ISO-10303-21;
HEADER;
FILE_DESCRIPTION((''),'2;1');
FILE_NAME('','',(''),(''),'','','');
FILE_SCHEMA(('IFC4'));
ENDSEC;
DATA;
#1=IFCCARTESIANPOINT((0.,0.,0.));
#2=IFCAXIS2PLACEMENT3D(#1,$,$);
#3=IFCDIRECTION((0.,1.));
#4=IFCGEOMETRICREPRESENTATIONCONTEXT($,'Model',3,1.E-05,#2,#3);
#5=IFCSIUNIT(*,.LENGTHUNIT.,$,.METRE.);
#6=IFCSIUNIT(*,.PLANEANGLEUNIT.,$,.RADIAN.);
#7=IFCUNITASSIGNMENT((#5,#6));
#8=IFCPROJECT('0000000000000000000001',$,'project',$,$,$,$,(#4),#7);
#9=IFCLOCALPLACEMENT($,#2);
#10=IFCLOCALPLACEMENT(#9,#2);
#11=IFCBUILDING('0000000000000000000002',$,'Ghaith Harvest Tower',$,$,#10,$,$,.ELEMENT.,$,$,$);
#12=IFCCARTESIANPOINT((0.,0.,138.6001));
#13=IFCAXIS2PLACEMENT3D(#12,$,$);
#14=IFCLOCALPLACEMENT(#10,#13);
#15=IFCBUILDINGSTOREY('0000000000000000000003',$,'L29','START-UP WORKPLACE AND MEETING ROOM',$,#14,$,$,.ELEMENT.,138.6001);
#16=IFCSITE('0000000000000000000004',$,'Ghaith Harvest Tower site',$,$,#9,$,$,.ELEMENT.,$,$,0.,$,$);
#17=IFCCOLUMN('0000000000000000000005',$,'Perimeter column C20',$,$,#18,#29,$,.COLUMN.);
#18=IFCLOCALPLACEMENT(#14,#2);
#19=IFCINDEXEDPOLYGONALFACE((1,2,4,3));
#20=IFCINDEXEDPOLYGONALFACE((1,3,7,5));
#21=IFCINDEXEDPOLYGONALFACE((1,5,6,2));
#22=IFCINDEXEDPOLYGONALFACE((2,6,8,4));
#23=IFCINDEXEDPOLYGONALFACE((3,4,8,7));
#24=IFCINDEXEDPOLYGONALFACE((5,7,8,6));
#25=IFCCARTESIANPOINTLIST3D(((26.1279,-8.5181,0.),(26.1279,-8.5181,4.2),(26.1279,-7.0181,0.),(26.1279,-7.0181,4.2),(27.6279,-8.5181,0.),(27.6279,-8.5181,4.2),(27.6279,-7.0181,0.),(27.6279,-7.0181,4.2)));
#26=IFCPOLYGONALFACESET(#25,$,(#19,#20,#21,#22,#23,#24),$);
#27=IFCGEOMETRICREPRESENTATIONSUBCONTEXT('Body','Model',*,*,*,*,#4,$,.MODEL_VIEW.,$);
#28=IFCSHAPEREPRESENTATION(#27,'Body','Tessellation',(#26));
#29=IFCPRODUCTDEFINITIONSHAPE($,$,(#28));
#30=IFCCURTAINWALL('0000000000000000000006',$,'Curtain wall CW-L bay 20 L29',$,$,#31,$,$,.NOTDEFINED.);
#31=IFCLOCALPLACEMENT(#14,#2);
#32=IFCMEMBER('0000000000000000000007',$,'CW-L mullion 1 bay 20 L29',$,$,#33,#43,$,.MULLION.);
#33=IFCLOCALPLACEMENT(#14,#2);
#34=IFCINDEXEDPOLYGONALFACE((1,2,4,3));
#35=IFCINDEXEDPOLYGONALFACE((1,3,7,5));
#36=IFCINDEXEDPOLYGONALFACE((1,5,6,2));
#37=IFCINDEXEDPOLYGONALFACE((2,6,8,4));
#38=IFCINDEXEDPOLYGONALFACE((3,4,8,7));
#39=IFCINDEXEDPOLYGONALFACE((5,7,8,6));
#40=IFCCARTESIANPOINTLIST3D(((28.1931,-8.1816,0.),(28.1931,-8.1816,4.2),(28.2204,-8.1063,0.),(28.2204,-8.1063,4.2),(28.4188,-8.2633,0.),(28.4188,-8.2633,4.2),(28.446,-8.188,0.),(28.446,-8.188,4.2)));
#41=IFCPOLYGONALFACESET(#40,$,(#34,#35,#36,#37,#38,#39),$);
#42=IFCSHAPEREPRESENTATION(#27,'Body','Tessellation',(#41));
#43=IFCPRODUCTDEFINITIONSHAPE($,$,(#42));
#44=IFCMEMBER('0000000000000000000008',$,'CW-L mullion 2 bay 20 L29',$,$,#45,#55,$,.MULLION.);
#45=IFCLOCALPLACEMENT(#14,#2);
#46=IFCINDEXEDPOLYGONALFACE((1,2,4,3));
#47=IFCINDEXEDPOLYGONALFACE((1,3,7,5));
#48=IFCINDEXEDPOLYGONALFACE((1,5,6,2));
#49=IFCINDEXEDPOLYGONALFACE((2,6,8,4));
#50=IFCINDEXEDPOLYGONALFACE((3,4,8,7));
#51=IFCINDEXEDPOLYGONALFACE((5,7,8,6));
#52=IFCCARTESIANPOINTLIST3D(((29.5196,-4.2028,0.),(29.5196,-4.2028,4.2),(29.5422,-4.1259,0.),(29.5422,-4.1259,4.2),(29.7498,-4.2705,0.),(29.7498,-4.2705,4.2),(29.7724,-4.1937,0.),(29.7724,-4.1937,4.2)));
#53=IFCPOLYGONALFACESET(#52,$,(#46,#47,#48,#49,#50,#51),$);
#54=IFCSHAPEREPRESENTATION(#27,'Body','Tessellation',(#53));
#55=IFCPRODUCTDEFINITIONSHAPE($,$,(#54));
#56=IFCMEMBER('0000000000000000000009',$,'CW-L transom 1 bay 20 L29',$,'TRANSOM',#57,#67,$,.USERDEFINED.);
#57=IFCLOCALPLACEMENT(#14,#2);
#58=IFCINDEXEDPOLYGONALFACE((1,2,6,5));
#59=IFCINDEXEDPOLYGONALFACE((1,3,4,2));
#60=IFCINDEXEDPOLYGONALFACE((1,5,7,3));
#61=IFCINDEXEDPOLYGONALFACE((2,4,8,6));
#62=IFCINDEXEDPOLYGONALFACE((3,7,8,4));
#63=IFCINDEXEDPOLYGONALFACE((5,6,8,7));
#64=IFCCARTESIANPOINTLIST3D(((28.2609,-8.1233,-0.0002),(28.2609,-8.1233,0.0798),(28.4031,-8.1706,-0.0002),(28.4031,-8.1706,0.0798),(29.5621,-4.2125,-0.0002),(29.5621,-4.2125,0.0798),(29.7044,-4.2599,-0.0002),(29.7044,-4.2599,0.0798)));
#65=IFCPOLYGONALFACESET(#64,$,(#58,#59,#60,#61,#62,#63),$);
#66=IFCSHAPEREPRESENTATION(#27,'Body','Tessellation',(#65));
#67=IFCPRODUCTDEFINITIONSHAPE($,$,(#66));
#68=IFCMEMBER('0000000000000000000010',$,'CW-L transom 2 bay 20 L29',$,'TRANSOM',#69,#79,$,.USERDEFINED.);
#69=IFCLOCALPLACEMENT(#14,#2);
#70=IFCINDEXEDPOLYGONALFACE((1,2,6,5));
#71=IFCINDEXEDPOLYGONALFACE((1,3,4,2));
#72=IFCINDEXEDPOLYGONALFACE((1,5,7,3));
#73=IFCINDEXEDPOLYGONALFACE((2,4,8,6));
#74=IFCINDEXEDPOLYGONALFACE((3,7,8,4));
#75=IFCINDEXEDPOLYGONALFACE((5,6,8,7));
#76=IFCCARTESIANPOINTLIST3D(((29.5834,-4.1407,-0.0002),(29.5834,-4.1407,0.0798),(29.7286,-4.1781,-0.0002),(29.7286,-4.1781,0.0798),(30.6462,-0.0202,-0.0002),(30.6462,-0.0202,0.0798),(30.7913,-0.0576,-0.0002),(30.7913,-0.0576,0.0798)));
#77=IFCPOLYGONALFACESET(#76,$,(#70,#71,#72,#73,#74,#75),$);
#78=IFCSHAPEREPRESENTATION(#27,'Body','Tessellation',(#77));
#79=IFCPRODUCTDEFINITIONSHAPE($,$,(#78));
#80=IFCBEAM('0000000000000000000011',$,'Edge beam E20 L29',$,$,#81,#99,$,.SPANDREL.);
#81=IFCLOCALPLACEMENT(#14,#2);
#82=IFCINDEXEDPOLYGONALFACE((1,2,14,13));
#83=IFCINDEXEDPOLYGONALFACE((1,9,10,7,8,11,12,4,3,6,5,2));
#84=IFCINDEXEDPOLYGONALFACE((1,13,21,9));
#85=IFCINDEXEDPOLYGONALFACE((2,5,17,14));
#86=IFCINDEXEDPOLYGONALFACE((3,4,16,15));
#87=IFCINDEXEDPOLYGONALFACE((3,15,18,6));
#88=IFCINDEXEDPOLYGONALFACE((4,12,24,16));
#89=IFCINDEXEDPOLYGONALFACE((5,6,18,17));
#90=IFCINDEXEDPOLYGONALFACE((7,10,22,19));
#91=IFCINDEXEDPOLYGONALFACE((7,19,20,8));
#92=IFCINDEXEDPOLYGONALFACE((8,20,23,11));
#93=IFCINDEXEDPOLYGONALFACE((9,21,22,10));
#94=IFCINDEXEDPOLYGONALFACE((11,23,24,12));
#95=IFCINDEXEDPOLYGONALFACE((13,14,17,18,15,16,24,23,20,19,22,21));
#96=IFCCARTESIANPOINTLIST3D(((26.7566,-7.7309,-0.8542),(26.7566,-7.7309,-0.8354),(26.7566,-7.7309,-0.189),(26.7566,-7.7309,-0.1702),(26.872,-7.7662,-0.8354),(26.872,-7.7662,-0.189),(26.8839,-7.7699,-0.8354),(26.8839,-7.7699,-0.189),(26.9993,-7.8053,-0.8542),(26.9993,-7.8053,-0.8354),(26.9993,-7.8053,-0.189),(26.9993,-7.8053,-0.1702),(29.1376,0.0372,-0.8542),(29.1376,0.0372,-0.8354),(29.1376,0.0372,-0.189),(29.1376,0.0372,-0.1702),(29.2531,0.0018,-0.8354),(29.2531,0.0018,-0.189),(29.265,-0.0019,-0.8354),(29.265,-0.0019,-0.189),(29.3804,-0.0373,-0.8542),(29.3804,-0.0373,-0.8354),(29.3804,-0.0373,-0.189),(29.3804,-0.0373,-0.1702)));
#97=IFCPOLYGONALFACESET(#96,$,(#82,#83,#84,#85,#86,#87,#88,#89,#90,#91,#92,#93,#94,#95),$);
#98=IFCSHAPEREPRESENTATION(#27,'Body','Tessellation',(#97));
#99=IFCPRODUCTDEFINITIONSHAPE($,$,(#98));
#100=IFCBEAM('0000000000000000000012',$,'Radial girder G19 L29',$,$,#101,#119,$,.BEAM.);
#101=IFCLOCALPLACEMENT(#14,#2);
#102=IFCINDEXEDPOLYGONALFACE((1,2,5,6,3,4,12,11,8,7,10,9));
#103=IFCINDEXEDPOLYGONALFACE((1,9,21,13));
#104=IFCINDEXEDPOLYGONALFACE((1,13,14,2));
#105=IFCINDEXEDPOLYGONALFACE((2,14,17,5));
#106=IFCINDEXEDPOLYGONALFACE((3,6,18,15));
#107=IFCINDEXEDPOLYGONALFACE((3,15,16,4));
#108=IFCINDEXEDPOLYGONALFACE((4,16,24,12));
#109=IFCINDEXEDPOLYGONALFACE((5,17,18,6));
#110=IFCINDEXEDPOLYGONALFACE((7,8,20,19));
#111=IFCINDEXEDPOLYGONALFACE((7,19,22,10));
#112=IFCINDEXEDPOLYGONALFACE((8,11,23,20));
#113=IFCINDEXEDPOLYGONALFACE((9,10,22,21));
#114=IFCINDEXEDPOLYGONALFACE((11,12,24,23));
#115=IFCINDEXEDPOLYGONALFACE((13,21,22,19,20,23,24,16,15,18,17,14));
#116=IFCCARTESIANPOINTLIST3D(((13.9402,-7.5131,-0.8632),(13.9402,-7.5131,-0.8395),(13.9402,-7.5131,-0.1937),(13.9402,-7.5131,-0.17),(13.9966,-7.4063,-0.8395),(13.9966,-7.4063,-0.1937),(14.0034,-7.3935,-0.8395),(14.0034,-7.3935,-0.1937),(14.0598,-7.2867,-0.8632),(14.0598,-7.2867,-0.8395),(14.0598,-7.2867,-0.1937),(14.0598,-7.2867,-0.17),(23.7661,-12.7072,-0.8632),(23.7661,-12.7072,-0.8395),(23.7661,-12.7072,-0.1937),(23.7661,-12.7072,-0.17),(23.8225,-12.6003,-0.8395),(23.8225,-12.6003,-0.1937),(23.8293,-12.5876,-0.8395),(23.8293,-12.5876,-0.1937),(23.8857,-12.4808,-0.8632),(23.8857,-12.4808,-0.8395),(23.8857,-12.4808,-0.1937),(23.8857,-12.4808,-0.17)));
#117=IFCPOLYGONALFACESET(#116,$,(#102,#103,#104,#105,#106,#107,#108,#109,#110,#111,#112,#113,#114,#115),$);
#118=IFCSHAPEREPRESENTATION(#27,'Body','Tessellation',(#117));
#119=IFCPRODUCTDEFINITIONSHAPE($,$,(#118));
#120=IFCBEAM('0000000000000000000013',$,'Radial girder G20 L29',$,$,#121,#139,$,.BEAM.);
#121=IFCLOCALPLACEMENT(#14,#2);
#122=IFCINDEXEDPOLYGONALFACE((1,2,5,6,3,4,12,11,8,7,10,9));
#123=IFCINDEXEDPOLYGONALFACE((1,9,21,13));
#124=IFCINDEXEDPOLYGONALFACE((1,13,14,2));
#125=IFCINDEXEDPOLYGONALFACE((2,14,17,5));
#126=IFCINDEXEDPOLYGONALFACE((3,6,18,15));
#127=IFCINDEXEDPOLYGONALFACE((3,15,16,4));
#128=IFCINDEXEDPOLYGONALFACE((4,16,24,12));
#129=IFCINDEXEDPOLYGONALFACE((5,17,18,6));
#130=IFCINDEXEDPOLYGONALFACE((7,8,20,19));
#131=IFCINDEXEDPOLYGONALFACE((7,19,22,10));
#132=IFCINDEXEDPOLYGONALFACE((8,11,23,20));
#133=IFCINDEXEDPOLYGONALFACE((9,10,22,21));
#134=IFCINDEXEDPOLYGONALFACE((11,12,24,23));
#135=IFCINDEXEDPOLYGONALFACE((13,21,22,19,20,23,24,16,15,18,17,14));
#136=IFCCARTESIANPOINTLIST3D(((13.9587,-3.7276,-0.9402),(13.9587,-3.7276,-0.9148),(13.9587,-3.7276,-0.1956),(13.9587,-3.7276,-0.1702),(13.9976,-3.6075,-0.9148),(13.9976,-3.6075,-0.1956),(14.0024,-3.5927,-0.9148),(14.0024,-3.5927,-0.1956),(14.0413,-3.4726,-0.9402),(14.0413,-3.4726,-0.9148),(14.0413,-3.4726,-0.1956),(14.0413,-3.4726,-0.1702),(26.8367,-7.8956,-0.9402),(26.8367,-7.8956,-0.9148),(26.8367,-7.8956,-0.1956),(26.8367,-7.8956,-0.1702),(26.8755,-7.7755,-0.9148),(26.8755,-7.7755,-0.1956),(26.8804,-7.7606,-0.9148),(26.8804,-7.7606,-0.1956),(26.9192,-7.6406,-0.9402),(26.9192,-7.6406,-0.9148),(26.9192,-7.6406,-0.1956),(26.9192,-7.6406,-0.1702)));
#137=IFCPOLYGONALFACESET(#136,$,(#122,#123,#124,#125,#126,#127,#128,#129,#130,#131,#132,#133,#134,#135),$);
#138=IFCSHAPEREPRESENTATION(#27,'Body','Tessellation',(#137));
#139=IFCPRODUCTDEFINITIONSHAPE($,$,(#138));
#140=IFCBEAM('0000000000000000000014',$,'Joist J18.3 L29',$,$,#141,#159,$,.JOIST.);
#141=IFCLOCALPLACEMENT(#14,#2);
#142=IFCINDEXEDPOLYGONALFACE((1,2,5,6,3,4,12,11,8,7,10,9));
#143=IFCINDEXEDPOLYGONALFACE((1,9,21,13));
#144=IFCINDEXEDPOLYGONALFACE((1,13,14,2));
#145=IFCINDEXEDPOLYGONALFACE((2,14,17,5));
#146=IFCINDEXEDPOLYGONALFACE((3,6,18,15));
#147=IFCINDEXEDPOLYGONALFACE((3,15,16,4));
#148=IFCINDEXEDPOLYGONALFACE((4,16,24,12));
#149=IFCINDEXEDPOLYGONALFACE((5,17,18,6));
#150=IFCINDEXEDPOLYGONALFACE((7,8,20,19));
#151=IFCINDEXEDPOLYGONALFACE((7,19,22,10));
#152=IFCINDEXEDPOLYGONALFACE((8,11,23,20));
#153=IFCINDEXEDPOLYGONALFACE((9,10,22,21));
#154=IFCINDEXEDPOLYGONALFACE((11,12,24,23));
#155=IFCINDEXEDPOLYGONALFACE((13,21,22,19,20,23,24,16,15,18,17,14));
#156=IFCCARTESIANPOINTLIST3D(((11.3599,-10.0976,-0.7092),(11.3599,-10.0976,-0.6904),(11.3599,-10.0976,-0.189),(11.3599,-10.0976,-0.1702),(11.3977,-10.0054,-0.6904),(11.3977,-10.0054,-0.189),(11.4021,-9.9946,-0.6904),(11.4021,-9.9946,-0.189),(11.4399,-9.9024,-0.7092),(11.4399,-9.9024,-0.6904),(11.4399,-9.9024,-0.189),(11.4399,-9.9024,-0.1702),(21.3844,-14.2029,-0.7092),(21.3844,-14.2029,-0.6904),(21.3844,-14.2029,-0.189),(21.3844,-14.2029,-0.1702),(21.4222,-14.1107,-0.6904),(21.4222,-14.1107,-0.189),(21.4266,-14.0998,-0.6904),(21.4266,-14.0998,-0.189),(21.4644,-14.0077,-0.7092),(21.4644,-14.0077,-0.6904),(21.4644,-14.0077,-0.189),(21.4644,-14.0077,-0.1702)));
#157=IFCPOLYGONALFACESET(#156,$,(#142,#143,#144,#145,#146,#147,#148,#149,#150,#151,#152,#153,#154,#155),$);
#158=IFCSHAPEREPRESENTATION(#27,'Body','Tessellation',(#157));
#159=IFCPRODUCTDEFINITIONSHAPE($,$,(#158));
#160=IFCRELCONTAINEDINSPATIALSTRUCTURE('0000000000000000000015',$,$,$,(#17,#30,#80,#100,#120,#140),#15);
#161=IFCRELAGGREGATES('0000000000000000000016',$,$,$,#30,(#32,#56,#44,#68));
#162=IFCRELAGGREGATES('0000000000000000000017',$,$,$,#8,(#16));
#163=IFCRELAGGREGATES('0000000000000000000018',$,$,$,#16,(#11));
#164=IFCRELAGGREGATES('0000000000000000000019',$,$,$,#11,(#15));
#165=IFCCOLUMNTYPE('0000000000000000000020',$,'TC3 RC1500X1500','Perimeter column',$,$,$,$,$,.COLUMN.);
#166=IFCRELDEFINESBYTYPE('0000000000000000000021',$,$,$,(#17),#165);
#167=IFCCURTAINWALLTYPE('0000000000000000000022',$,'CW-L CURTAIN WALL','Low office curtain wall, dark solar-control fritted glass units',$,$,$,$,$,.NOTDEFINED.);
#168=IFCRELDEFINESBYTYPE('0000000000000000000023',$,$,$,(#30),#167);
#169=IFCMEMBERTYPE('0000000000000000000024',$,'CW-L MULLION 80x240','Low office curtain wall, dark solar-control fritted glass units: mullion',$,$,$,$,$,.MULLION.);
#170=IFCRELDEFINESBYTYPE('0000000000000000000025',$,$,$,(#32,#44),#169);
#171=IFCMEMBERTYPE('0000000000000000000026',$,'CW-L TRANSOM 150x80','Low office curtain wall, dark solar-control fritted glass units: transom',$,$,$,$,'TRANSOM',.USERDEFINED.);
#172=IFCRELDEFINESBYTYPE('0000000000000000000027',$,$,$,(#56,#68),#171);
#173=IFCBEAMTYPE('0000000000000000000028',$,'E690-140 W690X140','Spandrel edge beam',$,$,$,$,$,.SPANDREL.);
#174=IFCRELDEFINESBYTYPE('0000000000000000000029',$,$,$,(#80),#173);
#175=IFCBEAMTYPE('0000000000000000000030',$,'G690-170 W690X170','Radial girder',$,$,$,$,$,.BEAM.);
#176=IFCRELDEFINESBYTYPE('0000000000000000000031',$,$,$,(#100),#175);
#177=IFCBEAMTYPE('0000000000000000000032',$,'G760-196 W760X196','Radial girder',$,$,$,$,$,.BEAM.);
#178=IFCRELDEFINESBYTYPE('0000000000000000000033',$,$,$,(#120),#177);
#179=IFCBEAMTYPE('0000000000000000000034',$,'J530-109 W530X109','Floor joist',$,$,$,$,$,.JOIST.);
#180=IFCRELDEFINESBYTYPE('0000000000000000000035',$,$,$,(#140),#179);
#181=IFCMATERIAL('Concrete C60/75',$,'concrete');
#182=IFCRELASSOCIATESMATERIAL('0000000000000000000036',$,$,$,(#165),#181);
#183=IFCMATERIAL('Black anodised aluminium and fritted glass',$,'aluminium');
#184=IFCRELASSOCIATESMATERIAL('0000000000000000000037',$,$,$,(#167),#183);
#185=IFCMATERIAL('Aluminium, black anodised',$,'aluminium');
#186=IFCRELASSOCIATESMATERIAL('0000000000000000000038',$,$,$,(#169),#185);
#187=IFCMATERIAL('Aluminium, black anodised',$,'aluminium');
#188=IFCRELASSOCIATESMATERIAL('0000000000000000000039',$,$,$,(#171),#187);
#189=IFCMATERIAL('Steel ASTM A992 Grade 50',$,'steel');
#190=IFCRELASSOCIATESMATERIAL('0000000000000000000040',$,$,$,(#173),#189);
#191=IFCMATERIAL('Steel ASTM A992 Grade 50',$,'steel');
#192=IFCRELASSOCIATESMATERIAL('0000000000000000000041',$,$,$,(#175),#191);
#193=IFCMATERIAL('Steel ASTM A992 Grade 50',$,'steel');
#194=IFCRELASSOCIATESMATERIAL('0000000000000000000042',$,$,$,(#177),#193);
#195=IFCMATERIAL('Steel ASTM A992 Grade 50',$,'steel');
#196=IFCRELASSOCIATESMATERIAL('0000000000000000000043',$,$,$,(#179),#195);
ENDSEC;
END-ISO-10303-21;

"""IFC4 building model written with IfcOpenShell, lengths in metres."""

from ifc_helpers import new_model, si_unit, direction, frame, origin, origin_2d, place, context, subcontext, project, spatial, rectangle, i_section, extrude, material, material_profile, profile_set, type_object, element, aggregate, save


model = new_model("IFC4")

# Units and contexts
model_context = context("Model", 3, precision=1e-05, world=origin(), true_north=direction((0.0, 1.0)))
body_context = subcontext(model_context, "Body", "Model", "MODEL_VIEW")
ifc_project = project(units=[si_unit("LENGTHUNIT", "METRE"), si_unit("PLANEANGLEUNIT", "RADIAN")], contexts=[model_context])

# Site, building, storey
site_placement = place(None, origin())
site = spatial("IfcSite", under=ifc_project, at=site_placement, Name="Ghaith Harvest Tower site", CompositionType="ELEMENT", RefElevation=0.0)
building_placement = place(site_placement, origin())
building = spatial("IfcBuilding", under=site, at=building_placement, Name="Ghaith Harvest Tower", CompositionType="ELEMENT")
storey_placement = place(building_placement, frame((0.0, 0.0, 138.6001)))
storey = spatial("IfcBuildingStorey", under=building, at=storey_placement, Name="L29", Description="START-UP WORKPLACE AND MEETING ROOM", CompositionType="ELEMENT", Elevation=138.6001)

# Column
ifc_material_1 = material(Name="Concrete C60/75", Category="concrete")
ifc_material_profile_1 = material_profile(ifc_material_1, rectangle(XDim=1.5, YDim=1.5, at=origin_2d()), Name="RC1500X1500")
ifc_profile_set_1 = profile_set([ifc_material_profile_1], Name="Concrete C60/75")
column_type = type_object("IfcColumnType", Name="TC3 RC1500X1500", Description="Perimeter column", PredefinedType="COLUMN", material=ifc_profile_set_1)
column_placement = place(storey_placement, frame((26.8779, -7.7681, 0.0), z_axis=(0.0, 0.0, 1.0), x_axis=(1.0, 0.0, 0.0)))
element("IfcColumn", 1, at=column_placement, inside=storey, type_object=column_type, Name="Perimeter column C20", PredefinedType="COLUMN", context=body_context, shape_type="SweptSolid", body=[
    extrude(rectangle(XDim=1.5, YDim=1.5, at=origin_2d()), origin(), (0.0, 0.0, 1.0), 4.2),
])

# Curtain wall, members
ifc_material_2 = material(Name="Black anodised aluminium and fritted glass", Category="aluminium")
curtain_wall_type = type_object("IfcCurtainWallType", Name="CW-L CURTAIN WALL", Description="Low office curtain wall, dark solar-control fritted glass units", PredefinedType="NOTDEFINED", material=ifc_material_2)
curtain_wall_1_placement = place(storey_placement, origin())
curtain_wall_1 = element("IfcCurtainWall", 2, at=curtain_wall_1_placement, inside=storey, type_object=curtain_wall_type, Name="Curtain wall CW-L bay 20 L29", PredefinedType="NOTDEFINED")
ifc_material_3 = material(Name="Aluminium, black anodised", Category="aluminium")
ifc_material_profile_2 = material_profile(ifc_material_3, rectangle(XDim=0.0801, YDim=0.24, at=origin_2d()), Name="CW-L MULLION 80x240")
ifc_profile_set_2 = profile_set([ifc_material_profile_2], Name="Aluminium, black anodised")
member_type_1 = type_object("IfcMemberType", Name="CW-L MULLION 80x240", Description="Low office curtain wall, dark solar-control fritted glass units: mullion", PredefinedType="MULLION", material=ifc_profile_set_2)
member_1_placement = place(storey_placement, frame((28.3196, -8.1848, 0.0), z_axis=(0.0, 0.0, 1.0), x_axis=(0.340574, 0.940218, 0.0)))
member_1 = element("IfcMember", 3, at=member_1_placement, type_object=member_type_1, Name="CW-L mullion 1 bay 20 L29", PredefinedType="MULLION", context=body_context, shape_type="SweptSolid", body=[
    extrude(rectangle(XDim=0.0801, YDim=0.24, at=origin_2d()), origin(), (0.0, 0.0, 1.0), 4.2),
])
member_2_placement = place(storey_placement, frame((29.646, -4.1982, 0.0), z_axis=(0.0, 0.0, 1.0), x_axis=(0.282375, 0.959304, 0.0)))
member_2 = element("IfcMember", 4, at=member_2_placement, type_object=member_type_1, Name="CW-L mullion 2 bay 20 L29", PredefinedType="MULLION", context=body_context, shape_type="SweptSolid", body=[
    extrude(rectangle(XDim=0.0801, YDim=0.24, at=origin_2d()), origin(), (0.0, 0.0, 1.0), 4.2),
])
ifc_material_4 = material(Name="Aluminium, black anodised", Category="aluminium")
ifc_material_profile_3 = material_profile(ifc_material_4, rectangle(XDim=0.1499, YDim=0.0801, at=origin_2d()), Name="CW-L TRANSOM 150x80")
ifc_profile_set_3 = profile_set([ifc_material_profile_3], Name="Aluminium, black anodised")
member_type_2 = type_object("IfcMemberType", Name="CW-L TRANSOM 150x80", Description="Low office curtain wall, dark solar-control fritted glass units: transom", ElementType="TRANSOM", PredefinedType="USERDEFINED", material=ifc_profile_set_3)
member_3_placement = place(storey_placement, frame((28.332, -8.147, 0.0398), z_axis=(0.315712, 0.948855, 0.0), x_axis=(-0.948855, 0.315712, 0.0)))
member_3 = element("IfcMember", 5, at=member_3_placement, type_object=member_type_2, Name="CW-L transom 1 bay 20 L29", ObjectType="TRANSOM", PredefinedType="USERDEFINED", context=body_context, shape_type="SweptSolid", body=[
    extrude(rectangle(XDim=0.1499, YDim=0.0801, at=origin_2d()), origin(), (0.0, 0.0, 1.0), 4.1216),
])
member_4_placement = place(storey_placement, frame((29.656, -4.1594, 0.0398), z_axis=(0.249737, 0.968314, 0.0), x_axis=(-0.968314, 0.249737, 0.0)))
member_4 = element("IfcMember", 6, at=member_4_placement, type_object=member_type_2, Name="CW-L transom 2 bay 20 L29", ObjectType="TRANSOM", PredefinedType="USERDEFINED", context=body_context, shape_type="SweptSolid", body=[
    extrude(rectangle(XDim=0.1499, YDim=0.0801, at=origin_2d()), origin(), (0.0, 0.0, 1.0), 4.2554),
])

# Beams
ifc_material_5 = material(Name="Steel ASTM A992 Grade 50", Category="steel")
ifc_material_profile_4 = material_profile(ifc_material_5, i_section(OverallWidth=0.2539, OverallDepth=0.6841, WebThickness=0.0125, FlangeThickness=0.0188, at=origin_2d()), Name="W690X140")
ifc_profile_set_4 = profile_set([ifc_material_profile_4], Name="Steel ASTM A992 Grade 50")
beam_type_1 = type_object("IfcBeamType", Name="E690-140 W690X140", Description="Spandrel edge beam", PredefinedType="SPANDREL", material=ifc_profile_set_4)
beam_1_placement = place(storey_placement, frame((26.8779, -7.7681, -0.5122), z_axis=(0.293066, 0.956092, 0.0), x_axis=(-0.956092, 0.293066, 0.0)))
element("IfcBeam", 7, at=beam_1_placement, inside=storey, type_object=beam_type_1, Name="Edge beam E20 L29", PredefinedType="SPANDREL", context=body_context, shape_type="SweptSolid", body=[
    extrude(i_section(OverallWidth=0.2539, OverallDepth=0.6841, WebThickness=0.0125, FlangeThickness=0.0188, at=origin_2d()), origin(), (0.0, 0.0, 1.0), 8.1248),
])
ifc_material_6 = material(Name="Steel ASTM A992 Grade 50", Category="steel")
ifc_material_profile_5 = material_profile(ifc_material_6, i_section(OverallWidth=0.2561, OverallDepth=0.6931, WebThickness=0.0144, FlangeThickness=0.0237, at=origin_2d()), Name="W690X170")
ifc_profile_set_5 = profile_set([ifc_material_profile_5], Name="Steel ASTM A992 Grade 50")
beam_type_2 = type_object("IfcBeamType", Name="G690-170 W690X170", Description="Radial girder", PredefinedType="BEAM", material=ifc_profile_set_5)
beam_2_placement = place(storey_placement, frame((14.0, -7.3999, -0.5166), z_axis=(0.884081, -0.467335, 0.0), x_axis=(0.467335, 0.884081, 0.0)))
element("IfcBeam", 8, at=beam_2_placement, inside=storey, type_object=beam_type_2, Name="Radial girder G19 L29", PredefinedType="BEAM", context=body_context, shape_type="SweptSolid", body=[
    extrude(i_section(OverallWidth=0.2561, OverallDepth=0.6931, WebThickness=0.0144, FlangeThickness=0.0237, at=origin_2d()), origin(), (0.0, 0.0, 1.0), 11.1143),
])
ifc_material_7 = material(Name="Steel ASTM A992 Grade 50", Category="steel")
ifc_material_profile_6 = material_profile(ifc_material_7, i_section(OverallWidth=0.2681, OverallDepth=0.77, WebThickness=0.0156, FlangeThickness=0.0254, at=origin_2d()), Name="W760X196")
ifc_profile_set_6 = profile_set([ifc_material_profile_6], Name="Steel ASTM A992 Grade 50")
beam_type_3 = type_object("IfcBeamType", Name="G760-196 W760X196", Description="Radial girder", PredefinedType="BEAM", material=ifc_profile_set_6)
beam_3_placement = place(storey_placement, frame((14.0, -3.6001, -0.5552), z_axis=(0.95141, -0.307926, 0.0), x_axis=(0.307926, 0.95141, 0.0)))
element("IfcBeam", 9, at=beam_3_placement, inside=storey, type_object=beam_type_3, Name="Radial girder G20 L29", PredefinedType="BEAM", context=body_context, shape_type="SweptSolid", body=[
    extrude(i_section(OverallWidth=0.2681, OverallDepth=0.77, WebThickness=0.0156, FlangeThickness=0.0254, at=origin_2d()), origin(), (0.0, 0.0, 1.0), 13.5356),
])
ifc_material_8 = material(Name="Steel ASTM A992 Grade 50", Category="steel")
ifc_material_profile_7 = material_profile(ifc_material_8, i_section(OverallWidth=0.2109, OverallDepth=0.5391, WebThickness=0.0117, FlangeThickness=0.0188, at=origin_2d()), Name="W530X109")
ifc_profile_set_7 = profile_set([ifc_material_profile_7], Name="Steel ASTM A992 Grade 50")
beam_type_4 = type_object("IfcBeamType", Name="J530-109 W530X109", Description="Floor joist", PredefinedType="JOIST", material=ifc_profile_set_7)
beam_4_placement = place(storey_placement, frame((11.3999, -10.0, -0.4397), z_axis=(0.925407, -0.378975, 0.0), x_axis=(0.378975, 0.925407, 0.0)))
element("IfcBeam", 10, at=beam_4_placement, inside=storey, type_object=beam_type_4, Name="Joist J18.3 L29", PredefinedType="JOIST", context=body_context, shape_type="SweptSolid", body=[
    extrude(i_section(OverallWidth=0.2109, OverallDepth=0.5391, WebThickness=0.0117, FlangeThickness=0.0188, at=origin_2d()), origin(), (0.0, 0.0, 1.0), 10.8325),
])

aggregate(curtain_wall_1, [member_1, member_3, member_2, member_4])

save(model, "model.ifc")
